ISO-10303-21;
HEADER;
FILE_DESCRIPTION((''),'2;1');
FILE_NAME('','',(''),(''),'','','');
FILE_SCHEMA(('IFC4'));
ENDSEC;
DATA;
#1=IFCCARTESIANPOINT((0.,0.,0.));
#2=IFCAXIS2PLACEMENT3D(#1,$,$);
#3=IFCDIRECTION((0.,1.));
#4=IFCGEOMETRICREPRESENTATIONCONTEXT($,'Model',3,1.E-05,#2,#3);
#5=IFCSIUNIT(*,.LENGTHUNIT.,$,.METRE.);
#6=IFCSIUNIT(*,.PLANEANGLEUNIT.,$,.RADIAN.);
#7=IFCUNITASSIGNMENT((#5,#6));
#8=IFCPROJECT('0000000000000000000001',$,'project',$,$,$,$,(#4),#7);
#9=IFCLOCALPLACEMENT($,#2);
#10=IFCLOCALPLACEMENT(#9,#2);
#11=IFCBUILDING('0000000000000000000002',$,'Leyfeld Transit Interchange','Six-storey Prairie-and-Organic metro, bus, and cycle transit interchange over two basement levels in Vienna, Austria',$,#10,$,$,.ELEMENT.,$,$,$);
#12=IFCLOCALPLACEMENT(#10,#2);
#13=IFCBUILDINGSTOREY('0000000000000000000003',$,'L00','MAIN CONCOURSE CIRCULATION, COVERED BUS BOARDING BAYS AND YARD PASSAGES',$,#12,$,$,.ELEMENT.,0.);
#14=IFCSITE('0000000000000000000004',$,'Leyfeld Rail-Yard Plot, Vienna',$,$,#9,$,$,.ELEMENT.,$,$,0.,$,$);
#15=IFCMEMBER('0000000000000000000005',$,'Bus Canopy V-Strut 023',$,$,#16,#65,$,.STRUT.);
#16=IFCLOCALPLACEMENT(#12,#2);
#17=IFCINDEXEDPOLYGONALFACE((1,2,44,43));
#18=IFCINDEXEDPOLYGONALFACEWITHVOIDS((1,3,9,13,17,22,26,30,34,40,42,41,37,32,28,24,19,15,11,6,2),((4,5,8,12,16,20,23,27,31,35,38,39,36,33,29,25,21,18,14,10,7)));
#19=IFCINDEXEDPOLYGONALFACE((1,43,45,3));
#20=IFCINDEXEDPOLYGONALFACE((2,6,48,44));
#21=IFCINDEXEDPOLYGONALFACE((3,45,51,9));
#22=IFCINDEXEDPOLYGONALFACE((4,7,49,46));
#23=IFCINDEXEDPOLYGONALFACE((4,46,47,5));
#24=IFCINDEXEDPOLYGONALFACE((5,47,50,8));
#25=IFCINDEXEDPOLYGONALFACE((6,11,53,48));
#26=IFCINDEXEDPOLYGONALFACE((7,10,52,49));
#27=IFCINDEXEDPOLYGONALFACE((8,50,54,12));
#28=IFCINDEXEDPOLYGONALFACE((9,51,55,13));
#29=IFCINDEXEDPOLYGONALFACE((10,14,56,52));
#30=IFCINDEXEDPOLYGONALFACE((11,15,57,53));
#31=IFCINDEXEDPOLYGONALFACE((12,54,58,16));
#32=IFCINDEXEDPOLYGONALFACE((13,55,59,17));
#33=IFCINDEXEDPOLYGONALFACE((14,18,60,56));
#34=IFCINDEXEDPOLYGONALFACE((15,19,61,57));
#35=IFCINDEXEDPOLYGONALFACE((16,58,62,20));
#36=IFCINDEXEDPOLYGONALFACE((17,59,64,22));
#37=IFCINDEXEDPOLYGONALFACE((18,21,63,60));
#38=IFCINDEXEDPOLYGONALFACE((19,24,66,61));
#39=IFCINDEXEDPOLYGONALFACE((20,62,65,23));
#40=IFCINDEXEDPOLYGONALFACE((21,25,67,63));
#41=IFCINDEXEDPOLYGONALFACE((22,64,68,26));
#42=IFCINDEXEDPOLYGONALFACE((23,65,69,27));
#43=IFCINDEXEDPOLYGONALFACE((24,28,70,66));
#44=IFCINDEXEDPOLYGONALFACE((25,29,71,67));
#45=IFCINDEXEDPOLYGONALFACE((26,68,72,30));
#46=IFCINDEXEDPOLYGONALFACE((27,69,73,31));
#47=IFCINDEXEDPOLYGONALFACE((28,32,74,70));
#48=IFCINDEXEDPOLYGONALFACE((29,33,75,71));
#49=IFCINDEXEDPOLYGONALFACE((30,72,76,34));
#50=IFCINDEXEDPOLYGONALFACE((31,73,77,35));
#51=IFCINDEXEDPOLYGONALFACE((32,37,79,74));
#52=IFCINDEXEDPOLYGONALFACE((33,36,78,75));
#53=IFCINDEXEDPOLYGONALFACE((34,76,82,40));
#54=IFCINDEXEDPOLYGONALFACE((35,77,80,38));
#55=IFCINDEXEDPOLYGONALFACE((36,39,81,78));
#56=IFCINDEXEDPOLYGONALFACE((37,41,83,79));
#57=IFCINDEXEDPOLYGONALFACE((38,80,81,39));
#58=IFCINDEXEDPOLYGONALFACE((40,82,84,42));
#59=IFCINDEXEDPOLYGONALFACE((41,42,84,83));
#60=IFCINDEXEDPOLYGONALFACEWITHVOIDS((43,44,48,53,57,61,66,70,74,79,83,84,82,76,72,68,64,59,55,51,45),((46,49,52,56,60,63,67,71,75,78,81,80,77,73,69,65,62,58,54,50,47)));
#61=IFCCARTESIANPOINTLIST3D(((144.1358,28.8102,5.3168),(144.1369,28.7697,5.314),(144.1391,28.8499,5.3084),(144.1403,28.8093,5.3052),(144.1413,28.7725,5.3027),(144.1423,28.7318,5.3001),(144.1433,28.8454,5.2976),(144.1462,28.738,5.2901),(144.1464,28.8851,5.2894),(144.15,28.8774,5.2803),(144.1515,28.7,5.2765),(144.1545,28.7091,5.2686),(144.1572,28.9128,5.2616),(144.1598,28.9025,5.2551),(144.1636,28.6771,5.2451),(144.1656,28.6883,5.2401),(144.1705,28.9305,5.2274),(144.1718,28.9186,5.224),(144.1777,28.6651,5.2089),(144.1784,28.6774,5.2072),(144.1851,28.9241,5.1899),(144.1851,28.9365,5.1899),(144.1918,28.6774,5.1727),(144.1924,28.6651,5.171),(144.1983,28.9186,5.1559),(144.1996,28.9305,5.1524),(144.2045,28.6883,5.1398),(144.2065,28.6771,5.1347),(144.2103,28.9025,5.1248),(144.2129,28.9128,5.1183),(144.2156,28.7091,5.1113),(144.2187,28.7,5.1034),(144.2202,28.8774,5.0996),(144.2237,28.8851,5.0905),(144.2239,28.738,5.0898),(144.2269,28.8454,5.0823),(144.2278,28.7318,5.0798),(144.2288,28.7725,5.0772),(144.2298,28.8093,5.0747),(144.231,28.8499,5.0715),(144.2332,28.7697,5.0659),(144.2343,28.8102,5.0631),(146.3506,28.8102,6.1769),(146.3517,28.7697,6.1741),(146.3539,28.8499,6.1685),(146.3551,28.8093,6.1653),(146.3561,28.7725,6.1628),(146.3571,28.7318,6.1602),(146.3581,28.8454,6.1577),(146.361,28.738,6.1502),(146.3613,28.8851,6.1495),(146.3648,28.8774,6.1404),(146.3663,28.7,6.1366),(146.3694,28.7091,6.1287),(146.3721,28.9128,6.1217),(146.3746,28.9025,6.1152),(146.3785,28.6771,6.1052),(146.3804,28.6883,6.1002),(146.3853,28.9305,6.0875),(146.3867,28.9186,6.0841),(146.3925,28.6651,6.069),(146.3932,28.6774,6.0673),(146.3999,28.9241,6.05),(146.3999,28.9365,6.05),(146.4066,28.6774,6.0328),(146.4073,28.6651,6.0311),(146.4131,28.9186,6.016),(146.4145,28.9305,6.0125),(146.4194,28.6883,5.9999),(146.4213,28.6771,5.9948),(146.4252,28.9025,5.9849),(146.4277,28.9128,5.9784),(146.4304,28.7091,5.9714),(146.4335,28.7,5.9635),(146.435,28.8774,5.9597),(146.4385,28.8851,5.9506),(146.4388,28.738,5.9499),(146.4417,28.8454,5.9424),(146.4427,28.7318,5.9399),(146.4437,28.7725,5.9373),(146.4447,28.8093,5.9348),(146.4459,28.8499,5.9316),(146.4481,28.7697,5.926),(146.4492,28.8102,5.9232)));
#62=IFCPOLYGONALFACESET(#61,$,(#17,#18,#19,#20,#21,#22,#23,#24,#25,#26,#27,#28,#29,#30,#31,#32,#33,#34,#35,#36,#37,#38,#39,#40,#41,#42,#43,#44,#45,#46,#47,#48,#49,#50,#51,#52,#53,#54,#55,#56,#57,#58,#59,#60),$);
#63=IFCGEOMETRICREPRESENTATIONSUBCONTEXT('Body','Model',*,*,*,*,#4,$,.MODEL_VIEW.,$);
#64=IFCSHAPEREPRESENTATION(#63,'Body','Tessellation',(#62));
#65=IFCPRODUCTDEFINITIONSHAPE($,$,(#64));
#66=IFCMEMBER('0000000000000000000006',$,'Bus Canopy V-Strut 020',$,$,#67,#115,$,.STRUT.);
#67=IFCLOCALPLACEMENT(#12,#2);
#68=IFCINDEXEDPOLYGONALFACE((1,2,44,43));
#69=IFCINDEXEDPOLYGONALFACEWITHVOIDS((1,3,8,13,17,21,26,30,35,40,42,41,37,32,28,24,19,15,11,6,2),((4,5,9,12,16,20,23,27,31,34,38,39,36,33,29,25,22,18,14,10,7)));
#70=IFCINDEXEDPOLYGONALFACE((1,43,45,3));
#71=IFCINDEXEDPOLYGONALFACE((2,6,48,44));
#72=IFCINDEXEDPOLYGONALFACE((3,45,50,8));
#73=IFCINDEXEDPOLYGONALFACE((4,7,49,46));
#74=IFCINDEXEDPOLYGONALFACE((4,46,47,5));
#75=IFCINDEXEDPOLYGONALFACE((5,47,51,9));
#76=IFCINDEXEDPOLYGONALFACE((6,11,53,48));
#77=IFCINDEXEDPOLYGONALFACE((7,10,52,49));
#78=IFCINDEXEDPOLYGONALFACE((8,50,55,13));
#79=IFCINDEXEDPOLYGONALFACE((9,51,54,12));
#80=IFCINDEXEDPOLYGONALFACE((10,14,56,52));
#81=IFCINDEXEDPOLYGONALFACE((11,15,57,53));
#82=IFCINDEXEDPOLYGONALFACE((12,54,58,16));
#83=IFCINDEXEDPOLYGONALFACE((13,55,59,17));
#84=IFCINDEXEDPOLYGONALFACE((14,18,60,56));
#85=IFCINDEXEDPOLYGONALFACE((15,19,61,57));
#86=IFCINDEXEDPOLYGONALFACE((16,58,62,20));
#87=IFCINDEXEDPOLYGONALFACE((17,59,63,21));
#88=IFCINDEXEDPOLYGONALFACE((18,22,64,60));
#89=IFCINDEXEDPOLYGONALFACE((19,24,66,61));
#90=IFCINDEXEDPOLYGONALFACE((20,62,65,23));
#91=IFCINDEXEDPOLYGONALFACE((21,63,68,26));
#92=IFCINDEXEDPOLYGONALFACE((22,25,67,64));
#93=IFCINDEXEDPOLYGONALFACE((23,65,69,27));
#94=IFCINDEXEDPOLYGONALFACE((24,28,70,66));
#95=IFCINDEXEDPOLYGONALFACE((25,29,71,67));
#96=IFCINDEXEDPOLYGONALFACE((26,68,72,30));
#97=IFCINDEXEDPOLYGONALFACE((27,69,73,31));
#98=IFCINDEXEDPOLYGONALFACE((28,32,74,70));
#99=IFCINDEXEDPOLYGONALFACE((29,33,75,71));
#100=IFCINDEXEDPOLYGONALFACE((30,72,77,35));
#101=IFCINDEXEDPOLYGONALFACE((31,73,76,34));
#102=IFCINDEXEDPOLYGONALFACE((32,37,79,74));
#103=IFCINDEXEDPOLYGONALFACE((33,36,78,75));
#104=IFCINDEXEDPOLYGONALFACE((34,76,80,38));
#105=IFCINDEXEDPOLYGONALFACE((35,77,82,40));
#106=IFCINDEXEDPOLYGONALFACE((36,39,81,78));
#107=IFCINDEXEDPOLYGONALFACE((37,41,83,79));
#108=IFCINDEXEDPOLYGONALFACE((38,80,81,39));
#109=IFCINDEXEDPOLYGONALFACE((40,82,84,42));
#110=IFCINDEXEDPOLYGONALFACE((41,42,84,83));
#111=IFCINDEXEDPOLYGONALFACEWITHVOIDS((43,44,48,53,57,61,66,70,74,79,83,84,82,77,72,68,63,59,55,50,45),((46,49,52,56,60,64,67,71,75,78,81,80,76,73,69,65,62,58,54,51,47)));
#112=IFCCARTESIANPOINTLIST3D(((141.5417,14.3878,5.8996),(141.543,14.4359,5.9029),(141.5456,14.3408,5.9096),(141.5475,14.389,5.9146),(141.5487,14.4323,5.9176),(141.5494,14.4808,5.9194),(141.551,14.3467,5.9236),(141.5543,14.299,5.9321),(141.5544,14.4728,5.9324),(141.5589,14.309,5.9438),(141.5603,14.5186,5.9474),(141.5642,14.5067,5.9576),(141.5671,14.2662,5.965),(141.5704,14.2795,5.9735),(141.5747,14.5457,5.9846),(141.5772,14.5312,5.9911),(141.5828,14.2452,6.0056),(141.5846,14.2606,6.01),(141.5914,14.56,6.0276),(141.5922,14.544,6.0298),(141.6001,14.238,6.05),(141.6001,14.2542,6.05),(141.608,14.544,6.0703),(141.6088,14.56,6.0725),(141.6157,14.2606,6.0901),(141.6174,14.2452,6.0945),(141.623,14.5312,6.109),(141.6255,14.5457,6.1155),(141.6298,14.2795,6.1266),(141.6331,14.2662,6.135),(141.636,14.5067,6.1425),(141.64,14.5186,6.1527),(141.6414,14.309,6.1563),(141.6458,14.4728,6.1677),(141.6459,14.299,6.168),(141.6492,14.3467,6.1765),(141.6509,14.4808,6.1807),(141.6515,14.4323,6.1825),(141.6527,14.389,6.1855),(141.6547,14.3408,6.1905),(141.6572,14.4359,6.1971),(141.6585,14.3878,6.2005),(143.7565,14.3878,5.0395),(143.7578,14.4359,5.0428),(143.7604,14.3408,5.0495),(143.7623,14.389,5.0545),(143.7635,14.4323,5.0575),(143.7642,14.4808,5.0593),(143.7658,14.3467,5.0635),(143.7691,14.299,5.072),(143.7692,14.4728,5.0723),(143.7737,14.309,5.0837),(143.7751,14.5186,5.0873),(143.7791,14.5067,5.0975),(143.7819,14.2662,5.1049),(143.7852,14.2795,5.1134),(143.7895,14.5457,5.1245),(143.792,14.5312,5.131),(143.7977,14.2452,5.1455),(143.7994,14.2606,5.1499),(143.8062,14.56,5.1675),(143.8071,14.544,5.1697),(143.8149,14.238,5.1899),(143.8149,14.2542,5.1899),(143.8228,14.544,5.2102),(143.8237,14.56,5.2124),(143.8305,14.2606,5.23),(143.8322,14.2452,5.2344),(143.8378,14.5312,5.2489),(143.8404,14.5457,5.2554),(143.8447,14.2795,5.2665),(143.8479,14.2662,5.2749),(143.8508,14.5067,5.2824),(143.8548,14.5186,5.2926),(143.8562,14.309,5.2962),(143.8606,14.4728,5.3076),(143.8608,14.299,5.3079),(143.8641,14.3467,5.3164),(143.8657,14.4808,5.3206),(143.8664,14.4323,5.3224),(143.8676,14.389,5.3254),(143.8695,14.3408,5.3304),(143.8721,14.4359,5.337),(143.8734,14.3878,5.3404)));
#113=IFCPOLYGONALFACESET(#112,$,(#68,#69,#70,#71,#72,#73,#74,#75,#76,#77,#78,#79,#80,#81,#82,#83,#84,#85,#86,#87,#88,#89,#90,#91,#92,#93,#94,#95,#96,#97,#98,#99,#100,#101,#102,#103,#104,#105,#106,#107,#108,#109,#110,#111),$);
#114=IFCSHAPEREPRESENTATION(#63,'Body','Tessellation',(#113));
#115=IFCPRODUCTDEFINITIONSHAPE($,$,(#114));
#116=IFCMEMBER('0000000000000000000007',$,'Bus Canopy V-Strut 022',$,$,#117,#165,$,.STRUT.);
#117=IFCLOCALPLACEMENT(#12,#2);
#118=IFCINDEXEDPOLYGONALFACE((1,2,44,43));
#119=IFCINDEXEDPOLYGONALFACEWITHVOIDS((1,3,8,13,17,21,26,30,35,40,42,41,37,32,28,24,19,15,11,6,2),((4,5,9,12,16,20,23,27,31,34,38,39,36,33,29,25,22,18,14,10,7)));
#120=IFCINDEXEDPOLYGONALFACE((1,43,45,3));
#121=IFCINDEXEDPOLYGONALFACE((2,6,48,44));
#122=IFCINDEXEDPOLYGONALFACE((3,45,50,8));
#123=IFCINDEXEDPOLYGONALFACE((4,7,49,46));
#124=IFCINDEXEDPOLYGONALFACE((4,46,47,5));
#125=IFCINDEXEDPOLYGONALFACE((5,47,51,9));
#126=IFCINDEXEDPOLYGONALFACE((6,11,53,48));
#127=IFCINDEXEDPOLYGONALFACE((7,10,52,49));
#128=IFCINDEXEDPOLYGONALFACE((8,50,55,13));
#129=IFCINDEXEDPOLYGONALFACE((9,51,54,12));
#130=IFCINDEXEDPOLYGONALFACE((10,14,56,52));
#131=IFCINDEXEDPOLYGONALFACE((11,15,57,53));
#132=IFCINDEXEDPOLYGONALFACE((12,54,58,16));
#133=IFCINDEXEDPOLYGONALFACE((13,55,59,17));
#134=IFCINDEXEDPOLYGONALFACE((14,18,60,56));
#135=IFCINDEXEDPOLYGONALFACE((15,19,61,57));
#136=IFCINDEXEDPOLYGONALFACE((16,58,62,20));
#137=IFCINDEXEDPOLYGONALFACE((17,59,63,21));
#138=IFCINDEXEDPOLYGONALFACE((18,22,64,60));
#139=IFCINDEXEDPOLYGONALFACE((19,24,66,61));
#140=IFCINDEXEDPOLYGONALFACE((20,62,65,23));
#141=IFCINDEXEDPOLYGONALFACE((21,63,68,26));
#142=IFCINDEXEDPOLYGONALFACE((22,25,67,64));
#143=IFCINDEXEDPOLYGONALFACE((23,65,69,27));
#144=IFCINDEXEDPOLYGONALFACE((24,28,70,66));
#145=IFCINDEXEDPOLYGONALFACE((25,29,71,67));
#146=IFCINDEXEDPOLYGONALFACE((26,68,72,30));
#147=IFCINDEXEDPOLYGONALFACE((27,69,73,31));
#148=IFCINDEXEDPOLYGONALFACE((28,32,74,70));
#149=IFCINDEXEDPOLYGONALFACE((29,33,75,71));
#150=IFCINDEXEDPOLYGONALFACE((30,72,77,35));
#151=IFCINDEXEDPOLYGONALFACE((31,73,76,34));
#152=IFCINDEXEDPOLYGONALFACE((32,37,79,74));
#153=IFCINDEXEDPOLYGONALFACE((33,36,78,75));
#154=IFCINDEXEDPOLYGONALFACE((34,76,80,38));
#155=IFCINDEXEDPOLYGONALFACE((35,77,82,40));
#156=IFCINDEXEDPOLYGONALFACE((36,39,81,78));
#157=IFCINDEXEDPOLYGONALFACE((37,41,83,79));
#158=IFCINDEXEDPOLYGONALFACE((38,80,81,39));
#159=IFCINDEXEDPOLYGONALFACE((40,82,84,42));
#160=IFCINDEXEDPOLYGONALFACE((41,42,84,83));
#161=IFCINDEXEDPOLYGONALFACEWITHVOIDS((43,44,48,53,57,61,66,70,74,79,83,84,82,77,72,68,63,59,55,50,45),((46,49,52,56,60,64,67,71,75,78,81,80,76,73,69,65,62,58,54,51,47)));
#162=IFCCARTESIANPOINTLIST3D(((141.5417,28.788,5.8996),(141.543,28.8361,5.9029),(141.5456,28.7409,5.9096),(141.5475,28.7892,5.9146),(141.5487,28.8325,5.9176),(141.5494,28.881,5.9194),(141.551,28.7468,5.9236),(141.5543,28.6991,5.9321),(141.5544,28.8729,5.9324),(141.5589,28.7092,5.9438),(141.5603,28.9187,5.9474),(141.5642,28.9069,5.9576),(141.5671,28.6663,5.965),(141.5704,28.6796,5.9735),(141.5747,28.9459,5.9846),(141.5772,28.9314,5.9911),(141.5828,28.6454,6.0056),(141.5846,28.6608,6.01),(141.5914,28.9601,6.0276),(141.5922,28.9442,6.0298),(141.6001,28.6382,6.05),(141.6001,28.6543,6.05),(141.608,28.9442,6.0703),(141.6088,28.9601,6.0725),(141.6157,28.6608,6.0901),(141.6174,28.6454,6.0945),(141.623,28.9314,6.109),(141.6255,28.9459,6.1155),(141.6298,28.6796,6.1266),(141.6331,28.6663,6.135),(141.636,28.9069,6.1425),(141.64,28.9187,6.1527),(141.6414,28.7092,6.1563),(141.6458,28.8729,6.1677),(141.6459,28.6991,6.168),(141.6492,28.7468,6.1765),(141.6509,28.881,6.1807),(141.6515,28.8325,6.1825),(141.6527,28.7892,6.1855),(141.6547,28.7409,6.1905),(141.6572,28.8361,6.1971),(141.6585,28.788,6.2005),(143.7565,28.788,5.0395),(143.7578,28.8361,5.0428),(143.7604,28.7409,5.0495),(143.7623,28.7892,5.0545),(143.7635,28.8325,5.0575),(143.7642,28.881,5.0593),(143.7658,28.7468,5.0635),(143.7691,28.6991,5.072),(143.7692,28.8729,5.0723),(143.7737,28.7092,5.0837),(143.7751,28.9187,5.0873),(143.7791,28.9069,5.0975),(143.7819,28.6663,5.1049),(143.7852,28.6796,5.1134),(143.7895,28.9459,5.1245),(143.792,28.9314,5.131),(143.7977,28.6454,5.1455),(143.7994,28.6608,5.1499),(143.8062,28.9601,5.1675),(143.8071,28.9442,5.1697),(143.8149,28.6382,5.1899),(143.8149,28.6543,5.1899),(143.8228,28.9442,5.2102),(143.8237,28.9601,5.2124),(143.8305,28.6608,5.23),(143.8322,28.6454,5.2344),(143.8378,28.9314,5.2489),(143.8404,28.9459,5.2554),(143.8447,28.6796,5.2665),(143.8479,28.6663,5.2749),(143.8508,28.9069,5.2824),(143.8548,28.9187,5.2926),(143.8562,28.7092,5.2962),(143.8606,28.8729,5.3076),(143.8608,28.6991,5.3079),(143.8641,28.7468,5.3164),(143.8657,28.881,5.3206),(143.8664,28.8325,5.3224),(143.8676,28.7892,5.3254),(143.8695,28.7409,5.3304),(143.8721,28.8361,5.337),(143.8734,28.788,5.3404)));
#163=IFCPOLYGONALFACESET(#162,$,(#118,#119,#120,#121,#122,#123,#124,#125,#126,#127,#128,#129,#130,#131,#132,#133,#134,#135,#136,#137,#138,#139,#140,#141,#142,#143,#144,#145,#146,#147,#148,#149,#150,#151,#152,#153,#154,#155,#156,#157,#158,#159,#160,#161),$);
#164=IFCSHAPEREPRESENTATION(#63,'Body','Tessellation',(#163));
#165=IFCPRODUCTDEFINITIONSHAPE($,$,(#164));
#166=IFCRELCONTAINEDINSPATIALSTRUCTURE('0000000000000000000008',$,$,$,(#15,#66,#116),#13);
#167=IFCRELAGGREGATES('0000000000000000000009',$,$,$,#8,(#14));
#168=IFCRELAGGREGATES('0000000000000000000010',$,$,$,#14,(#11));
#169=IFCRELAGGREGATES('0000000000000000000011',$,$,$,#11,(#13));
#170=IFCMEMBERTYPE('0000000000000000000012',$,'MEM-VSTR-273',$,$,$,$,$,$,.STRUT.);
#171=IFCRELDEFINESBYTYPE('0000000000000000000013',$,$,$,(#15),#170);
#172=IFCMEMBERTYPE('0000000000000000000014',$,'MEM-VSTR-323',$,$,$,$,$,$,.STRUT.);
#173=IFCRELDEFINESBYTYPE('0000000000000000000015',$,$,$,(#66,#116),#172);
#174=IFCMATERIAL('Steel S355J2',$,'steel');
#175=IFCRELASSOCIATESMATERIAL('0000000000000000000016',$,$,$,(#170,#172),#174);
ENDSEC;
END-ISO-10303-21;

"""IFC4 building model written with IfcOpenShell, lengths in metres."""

from ifc_helpers import new_model, si_unit, direction, frame, origin, origin_2d, place, context, subcontext, project, spatial, hollow_circle, extrude, material, material_profile, profile_set, type_object, element, save


model = new_model("IFC4")

# Units and contexts
model_context = context("Model", 3, precision=1e-05, world=origin(), true_north=direction((0.0, 1.0)))
body_context = subcontext(model_context, "Body", "Model", "MODEL_VIEW")
ifc_project = project(units=[si_unit("LENGTHUNIT", "METRE"), si_unit("PLANEANGLEUNIT", "RADIAN")], contexts=[model_context])

# Site, building, storey
site_placement = place(None, origin())
site = spatial("IfcSite", under=ifc_project, at=site_placement, Name="Leyfeld Rail-Yard Plot, Vienna", CompositionType="ELEMENT", RefElevation=0.0)
building_placement = place(site_placement, origin())
building = spatial("IfcBuilding", under=site, at=building_placement, Name="Leyfeld Transit Interchange", Description="Six-storey Prairie-and-Organic metro, bus, and cycle transit interchange over two basement levels in Vienna, Austria", CompositionType="ELEMENT")
storey_placement = place(building_placement, origin())
storey = spatial("IfcBuildingStorey", under=building, at=storey_placement, Name="L00", Description="MAIN CONCOURSE CIRCULATION, COVERED BUS BOARDING BAYS AND YARD PASSAGES", CompositionType="ELEMENT", Elevation=0.0)

# Shared definitions
ifc_material = material(Name="Steel S355J2", Category="steel")

# Members
ifc_material_profile_1 = material_profile(ifc_material, hollow_circle(Radius=0.1365, WallThickness=0.0125, at=origin_2d()), Name="CHS 273x12.5")
ifc_profile_set_1 = profile_set([ifc_material_profile_1], Name="Steel S355J2")
member_type_1 = type_object("IfcMemberType", Name="MEM-VSTR-273", PredefinedType="STRUT", material=ifc_profile_set_1)
for number, where, z_axis, x_axis, name in (
    (1, (144.1851, 28.8, 5.1899), (0.932178, 0.0, 0.362), (0.0, 1.0, 0.0), "Bus Canopy V-Strut 023"),
):
    element("IfcMember", number, at=place(storey_placement, frame(where, z_axis=z_axis, x_axis=x_axis)), inside=storey, type_object=member_type_1, Name=name, PredefinedType="STRUT", context=body_context, shape_type="SweptSolid", body=[
        extrude(hollow_circle(Radius=0.1365, WallThickness=0.0125, at=origin_2d()), origin(), (0.0, 0.0, 1.0), 2.376),
    ])
ifc_material_profile_2 = material_profile(ifc_material, hollow_circle(Radius=0.1619, WallThickness=0.0161, at=origin_2d()), Name="CHS 323.9x16")
ifc_profile_set_2 = profile_set([ifc_material_profile_2], Name="Steel S355J2")
member_type_2 = type_object("IfcMemberType", Name="MEM-VSTR-323", PredefinedType="STRUT", material=ifc_profile_set_2)
for number, where, z_axis, x_axis, name in (
    (2, (143.8149, 14.3999, 5.1899), (-0.932178, 0.0, 0.362), (0.0, -1.0, 0.0), "Bus Canopy V-Strut 020"),
    (3, (143.8149, 28.8, 5.1899), (-0.932178, 0.0, 0.362), (0.0, -1.0, 0.0), "Bus Canopy V-Strut 022"),
):
    element("IfcMember", number, at=place(storey_placement, frame(where, z_axis=z_axis, x_axis=x_axis)), inside=storey, type_object=member_type_2, Name=name, PredefinedType="STRUT", context=body_context, shape_type="SweptSolid", body=[
        extrude(hollow_circle(Radius=0.1619, WallThickness=0.0161, at=origin_2d()), origin(), (0.0, 0.0, 1.0), 2.376),
    ])

save(model, "model.ifc")
